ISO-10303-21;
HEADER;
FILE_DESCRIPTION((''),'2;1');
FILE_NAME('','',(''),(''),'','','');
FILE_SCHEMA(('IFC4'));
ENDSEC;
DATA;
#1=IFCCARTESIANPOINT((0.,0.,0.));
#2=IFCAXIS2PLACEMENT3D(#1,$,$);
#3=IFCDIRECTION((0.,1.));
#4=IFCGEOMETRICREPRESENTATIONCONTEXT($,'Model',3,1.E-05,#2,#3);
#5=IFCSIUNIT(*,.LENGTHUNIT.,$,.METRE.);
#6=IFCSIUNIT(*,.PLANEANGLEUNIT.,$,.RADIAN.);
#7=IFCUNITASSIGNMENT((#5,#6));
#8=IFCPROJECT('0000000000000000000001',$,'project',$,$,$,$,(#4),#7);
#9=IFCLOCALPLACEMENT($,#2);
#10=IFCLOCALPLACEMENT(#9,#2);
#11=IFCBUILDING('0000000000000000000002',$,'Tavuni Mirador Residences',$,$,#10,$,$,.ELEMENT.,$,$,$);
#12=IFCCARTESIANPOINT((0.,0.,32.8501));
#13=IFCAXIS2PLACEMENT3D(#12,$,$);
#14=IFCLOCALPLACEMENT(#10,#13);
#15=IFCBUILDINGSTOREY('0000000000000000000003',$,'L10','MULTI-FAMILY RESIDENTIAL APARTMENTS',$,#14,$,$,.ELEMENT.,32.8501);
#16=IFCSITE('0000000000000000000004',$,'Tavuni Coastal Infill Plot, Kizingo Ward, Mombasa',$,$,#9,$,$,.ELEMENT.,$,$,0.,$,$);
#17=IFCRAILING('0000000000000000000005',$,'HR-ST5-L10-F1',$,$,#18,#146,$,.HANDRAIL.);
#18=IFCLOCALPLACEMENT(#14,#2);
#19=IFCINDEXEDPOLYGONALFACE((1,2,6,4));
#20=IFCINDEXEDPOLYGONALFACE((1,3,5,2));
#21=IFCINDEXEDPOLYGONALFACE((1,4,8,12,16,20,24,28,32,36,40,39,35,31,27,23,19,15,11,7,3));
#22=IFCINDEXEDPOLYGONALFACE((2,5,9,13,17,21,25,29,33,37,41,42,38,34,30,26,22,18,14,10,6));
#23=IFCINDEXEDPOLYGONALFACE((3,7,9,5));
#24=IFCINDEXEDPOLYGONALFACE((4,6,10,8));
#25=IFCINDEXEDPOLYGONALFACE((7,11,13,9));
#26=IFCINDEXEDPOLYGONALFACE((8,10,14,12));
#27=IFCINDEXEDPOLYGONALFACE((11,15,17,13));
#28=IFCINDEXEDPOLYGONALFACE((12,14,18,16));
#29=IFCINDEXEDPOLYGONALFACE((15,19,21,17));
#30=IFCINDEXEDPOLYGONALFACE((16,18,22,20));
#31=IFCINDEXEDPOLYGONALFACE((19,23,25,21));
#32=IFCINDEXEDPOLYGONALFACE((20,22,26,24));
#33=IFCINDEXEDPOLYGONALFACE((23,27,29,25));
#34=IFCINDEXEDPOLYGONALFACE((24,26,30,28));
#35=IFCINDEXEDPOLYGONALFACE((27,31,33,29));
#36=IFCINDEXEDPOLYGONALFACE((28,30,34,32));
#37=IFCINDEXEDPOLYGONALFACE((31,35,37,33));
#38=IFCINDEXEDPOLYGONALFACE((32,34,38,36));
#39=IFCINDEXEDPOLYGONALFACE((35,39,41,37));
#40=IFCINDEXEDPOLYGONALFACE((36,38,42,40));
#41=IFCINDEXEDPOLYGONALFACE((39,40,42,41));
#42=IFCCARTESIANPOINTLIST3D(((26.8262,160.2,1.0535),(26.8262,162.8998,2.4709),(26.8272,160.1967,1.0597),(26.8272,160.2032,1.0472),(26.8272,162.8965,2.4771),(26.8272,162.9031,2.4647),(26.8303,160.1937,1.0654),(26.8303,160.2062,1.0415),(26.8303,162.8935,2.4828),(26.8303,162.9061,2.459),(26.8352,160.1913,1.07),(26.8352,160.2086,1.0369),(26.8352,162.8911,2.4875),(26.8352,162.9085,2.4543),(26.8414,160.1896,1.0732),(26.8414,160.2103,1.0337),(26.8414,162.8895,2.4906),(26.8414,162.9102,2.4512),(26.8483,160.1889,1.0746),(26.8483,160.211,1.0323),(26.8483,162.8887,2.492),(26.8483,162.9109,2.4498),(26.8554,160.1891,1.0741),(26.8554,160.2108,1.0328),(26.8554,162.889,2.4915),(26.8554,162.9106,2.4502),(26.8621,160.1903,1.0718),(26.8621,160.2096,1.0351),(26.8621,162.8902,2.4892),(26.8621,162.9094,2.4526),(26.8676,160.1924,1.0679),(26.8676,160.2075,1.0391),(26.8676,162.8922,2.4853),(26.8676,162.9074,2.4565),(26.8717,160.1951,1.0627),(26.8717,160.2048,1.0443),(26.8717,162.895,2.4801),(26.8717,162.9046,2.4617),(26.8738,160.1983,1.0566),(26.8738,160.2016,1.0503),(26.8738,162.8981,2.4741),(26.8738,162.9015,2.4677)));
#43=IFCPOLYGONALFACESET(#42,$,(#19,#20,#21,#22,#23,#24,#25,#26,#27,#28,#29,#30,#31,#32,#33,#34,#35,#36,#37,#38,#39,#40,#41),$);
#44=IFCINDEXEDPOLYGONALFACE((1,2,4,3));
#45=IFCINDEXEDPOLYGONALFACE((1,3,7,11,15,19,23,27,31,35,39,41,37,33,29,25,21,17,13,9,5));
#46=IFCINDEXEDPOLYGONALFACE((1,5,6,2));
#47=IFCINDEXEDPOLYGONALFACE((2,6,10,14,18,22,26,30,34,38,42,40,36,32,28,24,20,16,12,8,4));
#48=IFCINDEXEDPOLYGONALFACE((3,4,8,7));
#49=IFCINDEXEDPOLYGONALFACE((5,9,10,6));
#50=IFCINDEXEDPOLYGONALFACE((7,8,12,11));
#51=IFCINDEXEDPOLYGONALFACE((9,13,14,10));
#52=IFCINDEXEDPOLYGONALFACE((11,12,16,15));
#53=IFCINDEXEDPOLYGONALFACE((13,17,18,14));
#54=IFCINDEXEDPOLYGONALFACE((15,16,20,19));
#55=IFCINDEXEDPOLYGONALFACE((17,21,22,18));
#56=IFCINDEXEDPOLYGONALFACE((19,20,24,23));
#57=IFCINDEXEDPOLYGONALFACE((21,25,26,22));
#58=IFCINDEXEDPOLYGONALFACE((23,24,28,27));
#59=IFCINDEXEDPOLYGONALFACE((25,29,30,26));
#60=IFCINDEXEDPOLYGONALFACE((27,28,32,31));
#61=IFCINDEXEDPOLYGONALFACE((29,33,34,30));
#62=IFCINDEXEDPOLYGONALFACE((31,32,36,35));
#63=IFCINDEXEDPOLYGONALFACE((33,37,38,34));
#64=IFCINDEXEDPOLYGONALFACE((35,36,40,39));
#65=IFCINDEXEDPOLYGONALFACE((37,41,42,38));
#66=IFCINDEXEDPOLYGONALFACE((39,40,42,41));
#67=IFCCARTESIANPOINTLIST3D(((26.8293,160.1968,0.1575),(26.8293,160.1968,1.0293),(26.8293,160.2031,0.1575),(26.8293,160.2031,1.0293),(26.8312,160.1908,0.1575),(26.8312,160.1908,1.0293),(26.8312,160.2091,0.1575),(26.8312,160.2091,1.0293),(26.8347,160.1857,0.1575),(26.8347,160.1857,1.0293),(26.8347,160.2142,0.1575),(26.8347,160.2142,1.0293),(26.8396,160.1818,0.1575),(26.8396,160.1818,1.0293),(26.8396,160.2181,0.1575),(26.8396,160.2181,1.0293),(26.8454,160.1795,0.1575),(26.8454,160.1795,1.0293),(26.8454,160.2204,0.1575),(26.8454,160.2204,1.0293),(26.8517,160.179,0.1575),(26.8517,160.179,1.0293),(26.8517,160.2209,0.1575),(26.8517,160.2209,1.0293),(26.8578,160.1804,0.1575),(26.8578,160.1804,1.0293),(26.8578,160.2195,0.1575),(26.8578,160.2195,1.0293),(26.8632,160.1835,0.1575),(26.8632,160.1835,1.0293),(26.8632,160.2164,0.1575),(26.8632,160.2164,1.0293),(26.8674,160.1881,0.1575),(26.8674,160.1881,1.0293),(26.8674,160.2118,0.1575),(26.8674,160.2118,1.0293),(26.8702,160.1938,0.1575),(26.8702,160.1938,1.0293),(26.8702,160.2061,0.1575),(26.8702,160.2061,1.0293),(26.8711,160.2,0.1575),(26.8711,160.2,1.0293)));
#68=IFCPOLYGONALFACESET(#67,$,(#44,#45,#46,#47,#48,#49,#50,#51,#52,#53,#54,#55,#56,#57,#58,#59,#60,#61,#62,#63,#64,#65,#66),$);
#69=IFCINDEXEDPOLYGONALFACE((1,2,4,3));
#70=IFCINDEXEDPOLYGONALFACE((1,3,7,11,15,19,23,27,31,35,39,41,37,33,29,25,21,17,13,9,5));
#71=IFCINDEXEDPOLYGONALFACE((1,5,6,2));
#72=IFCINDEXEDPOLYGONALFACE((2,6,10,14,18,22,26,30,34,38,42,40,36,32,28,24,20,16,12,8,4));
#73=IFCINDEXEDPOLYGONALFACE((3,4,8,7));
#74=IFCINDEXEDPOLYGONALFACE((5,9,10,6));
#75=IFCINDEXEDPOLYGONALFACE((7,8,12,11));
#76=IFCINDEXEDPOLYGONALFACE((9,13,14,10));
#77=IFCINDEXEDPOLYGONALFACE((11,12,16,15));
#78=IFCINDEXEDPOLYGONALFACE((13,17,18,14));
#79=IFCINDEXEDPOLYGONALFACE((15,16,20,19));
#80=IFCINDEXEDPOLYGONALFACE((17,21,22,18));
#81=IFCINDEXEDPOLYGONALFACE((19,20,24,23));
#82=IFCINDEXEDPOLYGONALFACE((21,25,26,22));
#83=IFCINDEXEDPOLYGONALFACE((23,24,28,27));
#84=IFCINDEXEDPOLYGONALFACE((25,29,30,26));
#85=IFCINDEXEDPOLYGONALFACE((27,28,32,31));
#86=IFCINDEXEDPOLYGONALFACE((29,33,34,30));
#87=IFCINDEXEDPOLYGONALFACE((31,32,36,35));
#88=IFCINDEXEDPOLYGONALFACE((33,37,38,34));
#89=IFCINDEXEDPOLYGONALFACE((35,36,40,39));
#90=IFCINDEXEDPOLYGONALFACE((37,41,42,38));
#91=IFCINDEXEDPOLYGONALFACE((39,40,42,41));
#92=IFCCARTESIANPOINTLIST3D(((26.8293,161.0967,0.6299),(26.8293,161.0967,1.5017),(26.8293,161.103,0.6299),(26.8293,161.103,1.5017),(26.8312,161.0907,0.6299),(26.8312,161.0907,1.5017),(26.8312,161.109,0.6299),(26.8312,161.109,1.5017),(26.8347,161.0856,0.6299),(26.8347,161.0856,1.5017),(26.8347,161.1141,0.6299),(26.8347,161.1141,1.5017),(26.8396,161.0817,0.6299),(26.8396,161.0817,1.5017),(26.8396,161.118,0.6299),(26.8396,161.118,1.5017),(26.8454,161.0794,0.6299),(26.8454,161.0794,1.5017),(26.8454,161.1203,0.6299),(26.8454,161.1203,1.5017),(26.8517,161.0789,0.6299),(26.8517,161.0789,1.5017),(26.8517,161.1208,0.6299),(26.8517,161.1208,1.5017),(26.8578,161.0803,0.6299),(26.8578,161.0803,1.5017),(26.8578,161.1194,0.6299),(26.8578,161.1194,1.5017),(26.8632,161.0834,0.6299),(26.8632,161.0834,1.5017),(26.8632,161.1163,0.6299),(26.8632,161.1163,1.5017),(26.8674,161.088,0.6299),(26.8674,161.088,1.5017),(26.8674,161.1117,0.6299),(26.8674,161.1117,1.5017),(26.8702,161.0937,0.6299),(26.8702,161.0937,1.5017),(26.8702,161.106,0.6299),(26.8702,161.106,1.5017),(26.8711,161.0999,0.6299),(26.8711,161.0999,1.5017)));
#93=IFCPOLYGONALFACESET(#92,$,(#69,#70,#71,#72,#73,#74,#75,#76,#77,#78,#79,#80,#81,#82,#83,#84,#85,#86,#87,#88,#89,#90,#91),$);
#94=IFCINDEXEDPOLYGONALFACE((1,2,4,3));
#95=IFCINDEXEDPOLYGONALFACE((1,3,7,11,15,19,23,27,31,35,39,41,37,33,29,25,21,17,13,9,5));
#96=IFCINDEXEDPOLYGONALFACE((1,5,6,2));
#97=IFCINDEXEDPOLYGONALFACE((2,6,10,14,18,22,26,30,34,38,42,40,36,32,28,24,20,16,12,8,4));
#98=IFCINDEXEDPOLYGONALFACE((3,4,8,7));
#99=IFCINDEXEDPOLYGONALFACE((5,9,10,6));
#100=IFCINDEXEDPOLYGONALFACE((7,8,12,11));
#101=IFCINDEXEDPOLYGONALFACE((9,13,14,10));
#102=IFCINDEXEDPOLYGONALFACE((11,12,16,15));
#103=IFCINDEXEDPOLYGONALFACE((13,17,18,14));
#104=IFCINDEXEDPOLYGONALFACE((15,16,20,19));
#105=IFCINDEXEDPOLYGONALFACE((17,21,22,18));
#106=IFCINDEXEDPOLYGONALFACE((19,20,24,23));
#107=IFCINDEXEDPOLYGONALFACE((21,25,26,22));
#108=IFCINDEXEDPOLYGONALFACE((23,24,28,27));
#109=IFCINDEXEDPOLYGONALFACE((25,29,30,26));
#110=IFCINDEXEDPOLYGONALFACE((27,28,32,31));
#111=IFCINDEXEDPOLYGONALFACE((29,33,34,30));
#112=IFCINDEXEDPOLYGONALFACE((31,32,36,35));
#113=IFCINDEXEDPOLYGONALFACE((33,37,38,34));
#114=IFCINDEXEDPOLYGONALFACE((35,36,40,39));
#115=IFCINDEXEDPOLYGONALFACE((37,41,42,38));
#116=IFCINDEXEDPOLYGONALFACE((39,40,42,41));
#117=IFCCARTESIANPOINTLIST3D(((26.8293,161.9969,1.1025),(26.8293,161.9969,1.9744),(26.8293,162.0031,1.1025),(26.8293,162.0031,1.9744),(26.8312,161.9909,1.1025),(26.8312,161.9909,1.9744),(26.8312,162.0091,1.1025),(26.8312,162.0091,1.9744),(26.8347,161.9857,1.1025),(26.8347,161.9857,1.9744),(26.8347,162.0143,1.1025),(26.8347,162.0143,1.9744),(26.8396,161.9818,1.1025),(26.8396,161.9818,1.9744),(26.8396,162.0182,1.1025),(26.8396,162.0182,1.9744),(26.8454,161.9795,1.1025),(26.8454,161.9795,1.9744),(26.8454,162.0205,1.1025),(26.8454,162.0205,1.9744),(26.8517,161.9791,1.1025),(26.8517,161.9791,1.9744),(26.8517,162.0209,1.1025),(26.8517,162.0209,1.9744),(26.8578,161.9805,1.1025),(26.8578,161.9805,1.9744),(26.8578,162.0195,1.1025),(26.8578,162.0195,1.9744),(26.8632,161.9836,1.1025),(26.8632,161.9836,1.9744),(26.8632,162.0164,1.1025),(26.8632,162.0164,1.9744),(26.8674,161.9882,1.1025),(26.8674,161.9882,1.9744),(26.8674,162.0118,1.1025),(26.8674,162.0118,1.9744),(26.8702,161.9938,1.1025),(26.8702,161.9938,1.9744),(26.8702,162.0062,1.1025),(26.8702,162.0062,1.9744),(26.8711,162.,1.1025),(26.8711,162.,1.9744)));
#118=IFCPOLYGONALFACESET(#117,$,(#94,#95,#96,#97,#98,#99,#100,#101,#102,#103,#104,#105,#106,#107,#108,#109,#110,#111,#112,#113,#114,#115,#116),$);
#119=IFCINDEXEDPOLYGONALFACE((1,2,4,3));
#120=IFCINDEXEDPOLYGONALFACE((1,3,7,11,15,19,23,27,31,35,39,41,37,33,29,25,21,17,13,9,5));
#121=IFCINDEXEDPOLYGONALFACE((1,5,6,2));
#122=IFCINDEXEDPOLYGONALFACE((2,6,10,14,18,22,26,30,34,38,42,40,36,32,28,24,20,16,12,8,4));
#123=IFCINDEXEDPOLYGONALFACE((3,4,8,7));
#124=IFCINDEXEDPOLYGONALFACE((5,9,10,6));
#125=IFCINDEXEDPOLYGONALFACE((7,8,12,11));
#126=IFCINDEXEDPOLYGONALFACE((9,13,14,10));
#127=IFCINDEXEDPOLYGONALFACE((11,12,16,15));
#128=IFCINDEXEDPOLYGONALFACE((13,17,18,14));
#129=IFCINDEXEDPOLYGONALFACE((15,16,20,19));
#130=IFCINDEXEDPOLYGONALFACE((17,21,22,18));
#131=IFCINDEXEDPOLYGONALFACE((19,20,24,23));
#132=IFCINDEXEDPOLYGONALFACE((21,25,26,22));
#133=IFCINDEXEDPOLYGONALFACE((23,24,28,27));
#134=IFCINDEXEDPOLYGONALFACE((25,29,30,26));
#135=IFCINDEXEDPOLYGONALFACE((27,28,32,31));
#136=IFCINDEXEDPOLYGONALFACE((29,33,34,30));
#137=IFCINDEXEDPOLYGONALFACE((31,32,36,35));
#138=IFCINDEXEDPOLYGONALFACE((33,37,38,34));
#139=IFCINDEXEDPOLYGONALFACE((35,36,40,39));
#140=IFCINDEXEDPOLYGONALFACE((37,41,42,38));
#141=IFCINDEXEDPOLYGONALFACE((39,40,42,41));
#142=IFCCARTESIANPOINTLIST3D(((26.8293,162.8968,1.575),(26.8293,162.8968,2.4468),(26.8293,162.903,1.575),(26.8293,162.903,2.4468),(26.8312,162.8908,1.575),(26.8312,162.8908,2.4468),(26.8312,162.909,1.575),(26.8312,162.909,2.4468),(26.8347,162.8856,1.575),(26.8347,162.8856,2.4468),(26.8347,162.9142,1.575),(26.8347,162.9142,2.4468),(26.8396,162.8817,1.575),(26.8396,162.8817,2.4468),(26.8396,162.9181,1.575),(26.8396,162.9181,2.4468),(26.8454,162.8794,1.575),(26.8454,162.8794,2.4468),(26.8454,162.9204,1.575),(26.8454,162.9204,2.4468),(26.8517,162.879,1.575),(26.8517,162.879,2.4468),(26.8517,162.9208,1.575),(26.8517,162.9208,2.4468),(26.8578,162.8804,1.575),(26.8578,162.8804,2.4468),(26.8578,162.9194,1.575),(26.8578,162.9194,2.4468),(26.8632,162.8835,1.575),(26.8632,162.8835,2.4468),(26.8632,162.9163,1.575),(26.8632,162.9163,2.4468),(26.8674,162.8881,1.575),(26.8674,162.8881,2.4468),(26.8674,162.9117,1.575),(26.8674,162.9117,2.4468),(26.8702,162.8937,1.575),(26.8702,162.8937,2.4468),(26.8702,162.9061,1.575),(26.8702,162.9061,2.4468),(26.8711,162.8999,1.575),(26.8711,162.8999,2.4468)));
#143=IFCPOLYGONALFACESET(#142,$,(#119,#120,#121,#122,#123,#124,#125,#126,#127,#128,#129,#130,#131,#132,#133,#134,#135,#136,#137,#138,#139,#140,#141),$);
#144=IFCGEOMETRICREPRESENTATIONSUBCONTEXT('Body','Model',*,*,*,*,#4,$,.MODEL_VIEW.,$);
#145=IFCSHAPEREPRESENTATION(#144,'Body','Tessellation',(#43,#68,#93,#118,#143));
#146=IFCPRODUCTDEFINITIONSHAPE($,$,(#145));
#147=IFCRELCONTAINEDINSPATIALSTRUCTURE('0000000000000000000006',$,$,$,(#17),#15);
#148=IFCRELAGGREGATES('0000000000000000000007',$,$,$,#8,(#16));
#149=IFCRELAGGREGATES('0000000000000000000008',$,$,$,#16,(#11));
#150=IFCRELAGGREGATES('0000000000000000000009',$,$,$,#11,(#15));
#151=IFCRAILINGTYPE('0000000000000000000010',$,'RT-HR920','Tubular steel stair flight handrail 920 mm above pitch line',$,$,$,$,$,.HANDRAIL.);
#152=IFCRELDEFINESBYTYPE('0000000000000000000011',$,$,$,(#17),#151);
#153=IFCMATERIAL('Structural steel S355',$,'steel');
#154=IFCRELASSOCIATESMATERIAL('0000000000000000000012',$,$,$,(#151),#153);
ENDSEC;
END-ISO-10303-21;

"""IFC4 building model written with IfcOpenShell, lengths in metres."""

from ifc_helpers import new_model, si_unit, direction, frame, origin, origin_2d, place, context, subcontext, project, spatial, circle, extrude, material, type_object, element, save


model = new_model("IFC4")

# Units and contexts
model_context = context("Model", 3, precision=1e-05, world=origin(), true_north=direction((0.0, 1.0)))
body_context = subcontext(model_context, "Body", "Model", "MODEL_VIEW")
ifc_project = project(units=[si_unit("LENGTHUNIT", "METRE"), si_unit("PLANEANGLEUNIT", "RADIAN")], contexts=[model_context])

# Site, building, storey
site_placement = place(None, origin())
site = spatial("IfcSite", under=ifc_project, at=site_placement, Name="Tavuni Coastal Infill Plot, Kizingo Ward, Mombasa", CompositionType="ELEMENT", RefElevation=0.0)
building_placement = place(site_placement, origin())
building = spatial("IfcBuilding", under=site, at=building_placement, Name="Tavuni Mirador Residences", CompositionType="ELEMENT")
storey_placement = place(building_placement, frame((0.0, 0.0, 32.8501)))
storey = spatial("IfcBuildingStorey", under=building, at=storey_placement, Name="L10", Description="MULTI-FAMILY RESIDENTIAL APARTMENTS", CompositionType="ELEMENT", Elevation=32.8501)

# Shared definitions
ifc_material_1 = material(Name="Structural steel S355", Category="steel")

# Railing
railing_type_1 = type_object("IfcRailingType", Name="RT-HR920", Description="Tubular steel stair flight handrail 920 mm above pitch line", PredefinedType="HANDRAIL", material=ifc_material_1)
railing_1_placement = place(storey_placement, frame((26.8501, 160.2, 0.1575)))
element("IfcRailing", 1, at=railing_1_placement, inside=storey, type_object=railing_type_1, Name="HR-ST5-L10-F1", PredefinedType="HANDRAIL", context=body_context, shape_type="SweptSolid", body=[
    extrude(circle(Radius=0.0239, at=origin_2d()), frame((0.0, 0.0, 0.896), z_axis=(0.0, 0.885397, 0.464835), x_axis=(-1.0, 0.0, 0.0)), (0.0, 0.0, 1.0), 3.0493),
    extrude(circle(Radius=0.021, at=origin_2d()), origin(), (0.0, 0.0, 1.0), 0.8718),
    extrude(circle(Radius=0.021, at=origin_2d()), frame((0.0, 0.8999, 0.4724)), (0.0, 0.0, 1.0), 0.8718),
    extrude(circle(Radius=0.021, at=origin_2d()), frame((0.0, 1.8, 0.9451)), (0.0, 0.0, 1.0), 0.8718),
    extrude(circle(Radius=0.021, at=origin_2d()), frame((0.0, 2.7, 1.4175)), (0.0, 0.0, 1.0), 0.8718),
])

save(model, "model.ifc")
